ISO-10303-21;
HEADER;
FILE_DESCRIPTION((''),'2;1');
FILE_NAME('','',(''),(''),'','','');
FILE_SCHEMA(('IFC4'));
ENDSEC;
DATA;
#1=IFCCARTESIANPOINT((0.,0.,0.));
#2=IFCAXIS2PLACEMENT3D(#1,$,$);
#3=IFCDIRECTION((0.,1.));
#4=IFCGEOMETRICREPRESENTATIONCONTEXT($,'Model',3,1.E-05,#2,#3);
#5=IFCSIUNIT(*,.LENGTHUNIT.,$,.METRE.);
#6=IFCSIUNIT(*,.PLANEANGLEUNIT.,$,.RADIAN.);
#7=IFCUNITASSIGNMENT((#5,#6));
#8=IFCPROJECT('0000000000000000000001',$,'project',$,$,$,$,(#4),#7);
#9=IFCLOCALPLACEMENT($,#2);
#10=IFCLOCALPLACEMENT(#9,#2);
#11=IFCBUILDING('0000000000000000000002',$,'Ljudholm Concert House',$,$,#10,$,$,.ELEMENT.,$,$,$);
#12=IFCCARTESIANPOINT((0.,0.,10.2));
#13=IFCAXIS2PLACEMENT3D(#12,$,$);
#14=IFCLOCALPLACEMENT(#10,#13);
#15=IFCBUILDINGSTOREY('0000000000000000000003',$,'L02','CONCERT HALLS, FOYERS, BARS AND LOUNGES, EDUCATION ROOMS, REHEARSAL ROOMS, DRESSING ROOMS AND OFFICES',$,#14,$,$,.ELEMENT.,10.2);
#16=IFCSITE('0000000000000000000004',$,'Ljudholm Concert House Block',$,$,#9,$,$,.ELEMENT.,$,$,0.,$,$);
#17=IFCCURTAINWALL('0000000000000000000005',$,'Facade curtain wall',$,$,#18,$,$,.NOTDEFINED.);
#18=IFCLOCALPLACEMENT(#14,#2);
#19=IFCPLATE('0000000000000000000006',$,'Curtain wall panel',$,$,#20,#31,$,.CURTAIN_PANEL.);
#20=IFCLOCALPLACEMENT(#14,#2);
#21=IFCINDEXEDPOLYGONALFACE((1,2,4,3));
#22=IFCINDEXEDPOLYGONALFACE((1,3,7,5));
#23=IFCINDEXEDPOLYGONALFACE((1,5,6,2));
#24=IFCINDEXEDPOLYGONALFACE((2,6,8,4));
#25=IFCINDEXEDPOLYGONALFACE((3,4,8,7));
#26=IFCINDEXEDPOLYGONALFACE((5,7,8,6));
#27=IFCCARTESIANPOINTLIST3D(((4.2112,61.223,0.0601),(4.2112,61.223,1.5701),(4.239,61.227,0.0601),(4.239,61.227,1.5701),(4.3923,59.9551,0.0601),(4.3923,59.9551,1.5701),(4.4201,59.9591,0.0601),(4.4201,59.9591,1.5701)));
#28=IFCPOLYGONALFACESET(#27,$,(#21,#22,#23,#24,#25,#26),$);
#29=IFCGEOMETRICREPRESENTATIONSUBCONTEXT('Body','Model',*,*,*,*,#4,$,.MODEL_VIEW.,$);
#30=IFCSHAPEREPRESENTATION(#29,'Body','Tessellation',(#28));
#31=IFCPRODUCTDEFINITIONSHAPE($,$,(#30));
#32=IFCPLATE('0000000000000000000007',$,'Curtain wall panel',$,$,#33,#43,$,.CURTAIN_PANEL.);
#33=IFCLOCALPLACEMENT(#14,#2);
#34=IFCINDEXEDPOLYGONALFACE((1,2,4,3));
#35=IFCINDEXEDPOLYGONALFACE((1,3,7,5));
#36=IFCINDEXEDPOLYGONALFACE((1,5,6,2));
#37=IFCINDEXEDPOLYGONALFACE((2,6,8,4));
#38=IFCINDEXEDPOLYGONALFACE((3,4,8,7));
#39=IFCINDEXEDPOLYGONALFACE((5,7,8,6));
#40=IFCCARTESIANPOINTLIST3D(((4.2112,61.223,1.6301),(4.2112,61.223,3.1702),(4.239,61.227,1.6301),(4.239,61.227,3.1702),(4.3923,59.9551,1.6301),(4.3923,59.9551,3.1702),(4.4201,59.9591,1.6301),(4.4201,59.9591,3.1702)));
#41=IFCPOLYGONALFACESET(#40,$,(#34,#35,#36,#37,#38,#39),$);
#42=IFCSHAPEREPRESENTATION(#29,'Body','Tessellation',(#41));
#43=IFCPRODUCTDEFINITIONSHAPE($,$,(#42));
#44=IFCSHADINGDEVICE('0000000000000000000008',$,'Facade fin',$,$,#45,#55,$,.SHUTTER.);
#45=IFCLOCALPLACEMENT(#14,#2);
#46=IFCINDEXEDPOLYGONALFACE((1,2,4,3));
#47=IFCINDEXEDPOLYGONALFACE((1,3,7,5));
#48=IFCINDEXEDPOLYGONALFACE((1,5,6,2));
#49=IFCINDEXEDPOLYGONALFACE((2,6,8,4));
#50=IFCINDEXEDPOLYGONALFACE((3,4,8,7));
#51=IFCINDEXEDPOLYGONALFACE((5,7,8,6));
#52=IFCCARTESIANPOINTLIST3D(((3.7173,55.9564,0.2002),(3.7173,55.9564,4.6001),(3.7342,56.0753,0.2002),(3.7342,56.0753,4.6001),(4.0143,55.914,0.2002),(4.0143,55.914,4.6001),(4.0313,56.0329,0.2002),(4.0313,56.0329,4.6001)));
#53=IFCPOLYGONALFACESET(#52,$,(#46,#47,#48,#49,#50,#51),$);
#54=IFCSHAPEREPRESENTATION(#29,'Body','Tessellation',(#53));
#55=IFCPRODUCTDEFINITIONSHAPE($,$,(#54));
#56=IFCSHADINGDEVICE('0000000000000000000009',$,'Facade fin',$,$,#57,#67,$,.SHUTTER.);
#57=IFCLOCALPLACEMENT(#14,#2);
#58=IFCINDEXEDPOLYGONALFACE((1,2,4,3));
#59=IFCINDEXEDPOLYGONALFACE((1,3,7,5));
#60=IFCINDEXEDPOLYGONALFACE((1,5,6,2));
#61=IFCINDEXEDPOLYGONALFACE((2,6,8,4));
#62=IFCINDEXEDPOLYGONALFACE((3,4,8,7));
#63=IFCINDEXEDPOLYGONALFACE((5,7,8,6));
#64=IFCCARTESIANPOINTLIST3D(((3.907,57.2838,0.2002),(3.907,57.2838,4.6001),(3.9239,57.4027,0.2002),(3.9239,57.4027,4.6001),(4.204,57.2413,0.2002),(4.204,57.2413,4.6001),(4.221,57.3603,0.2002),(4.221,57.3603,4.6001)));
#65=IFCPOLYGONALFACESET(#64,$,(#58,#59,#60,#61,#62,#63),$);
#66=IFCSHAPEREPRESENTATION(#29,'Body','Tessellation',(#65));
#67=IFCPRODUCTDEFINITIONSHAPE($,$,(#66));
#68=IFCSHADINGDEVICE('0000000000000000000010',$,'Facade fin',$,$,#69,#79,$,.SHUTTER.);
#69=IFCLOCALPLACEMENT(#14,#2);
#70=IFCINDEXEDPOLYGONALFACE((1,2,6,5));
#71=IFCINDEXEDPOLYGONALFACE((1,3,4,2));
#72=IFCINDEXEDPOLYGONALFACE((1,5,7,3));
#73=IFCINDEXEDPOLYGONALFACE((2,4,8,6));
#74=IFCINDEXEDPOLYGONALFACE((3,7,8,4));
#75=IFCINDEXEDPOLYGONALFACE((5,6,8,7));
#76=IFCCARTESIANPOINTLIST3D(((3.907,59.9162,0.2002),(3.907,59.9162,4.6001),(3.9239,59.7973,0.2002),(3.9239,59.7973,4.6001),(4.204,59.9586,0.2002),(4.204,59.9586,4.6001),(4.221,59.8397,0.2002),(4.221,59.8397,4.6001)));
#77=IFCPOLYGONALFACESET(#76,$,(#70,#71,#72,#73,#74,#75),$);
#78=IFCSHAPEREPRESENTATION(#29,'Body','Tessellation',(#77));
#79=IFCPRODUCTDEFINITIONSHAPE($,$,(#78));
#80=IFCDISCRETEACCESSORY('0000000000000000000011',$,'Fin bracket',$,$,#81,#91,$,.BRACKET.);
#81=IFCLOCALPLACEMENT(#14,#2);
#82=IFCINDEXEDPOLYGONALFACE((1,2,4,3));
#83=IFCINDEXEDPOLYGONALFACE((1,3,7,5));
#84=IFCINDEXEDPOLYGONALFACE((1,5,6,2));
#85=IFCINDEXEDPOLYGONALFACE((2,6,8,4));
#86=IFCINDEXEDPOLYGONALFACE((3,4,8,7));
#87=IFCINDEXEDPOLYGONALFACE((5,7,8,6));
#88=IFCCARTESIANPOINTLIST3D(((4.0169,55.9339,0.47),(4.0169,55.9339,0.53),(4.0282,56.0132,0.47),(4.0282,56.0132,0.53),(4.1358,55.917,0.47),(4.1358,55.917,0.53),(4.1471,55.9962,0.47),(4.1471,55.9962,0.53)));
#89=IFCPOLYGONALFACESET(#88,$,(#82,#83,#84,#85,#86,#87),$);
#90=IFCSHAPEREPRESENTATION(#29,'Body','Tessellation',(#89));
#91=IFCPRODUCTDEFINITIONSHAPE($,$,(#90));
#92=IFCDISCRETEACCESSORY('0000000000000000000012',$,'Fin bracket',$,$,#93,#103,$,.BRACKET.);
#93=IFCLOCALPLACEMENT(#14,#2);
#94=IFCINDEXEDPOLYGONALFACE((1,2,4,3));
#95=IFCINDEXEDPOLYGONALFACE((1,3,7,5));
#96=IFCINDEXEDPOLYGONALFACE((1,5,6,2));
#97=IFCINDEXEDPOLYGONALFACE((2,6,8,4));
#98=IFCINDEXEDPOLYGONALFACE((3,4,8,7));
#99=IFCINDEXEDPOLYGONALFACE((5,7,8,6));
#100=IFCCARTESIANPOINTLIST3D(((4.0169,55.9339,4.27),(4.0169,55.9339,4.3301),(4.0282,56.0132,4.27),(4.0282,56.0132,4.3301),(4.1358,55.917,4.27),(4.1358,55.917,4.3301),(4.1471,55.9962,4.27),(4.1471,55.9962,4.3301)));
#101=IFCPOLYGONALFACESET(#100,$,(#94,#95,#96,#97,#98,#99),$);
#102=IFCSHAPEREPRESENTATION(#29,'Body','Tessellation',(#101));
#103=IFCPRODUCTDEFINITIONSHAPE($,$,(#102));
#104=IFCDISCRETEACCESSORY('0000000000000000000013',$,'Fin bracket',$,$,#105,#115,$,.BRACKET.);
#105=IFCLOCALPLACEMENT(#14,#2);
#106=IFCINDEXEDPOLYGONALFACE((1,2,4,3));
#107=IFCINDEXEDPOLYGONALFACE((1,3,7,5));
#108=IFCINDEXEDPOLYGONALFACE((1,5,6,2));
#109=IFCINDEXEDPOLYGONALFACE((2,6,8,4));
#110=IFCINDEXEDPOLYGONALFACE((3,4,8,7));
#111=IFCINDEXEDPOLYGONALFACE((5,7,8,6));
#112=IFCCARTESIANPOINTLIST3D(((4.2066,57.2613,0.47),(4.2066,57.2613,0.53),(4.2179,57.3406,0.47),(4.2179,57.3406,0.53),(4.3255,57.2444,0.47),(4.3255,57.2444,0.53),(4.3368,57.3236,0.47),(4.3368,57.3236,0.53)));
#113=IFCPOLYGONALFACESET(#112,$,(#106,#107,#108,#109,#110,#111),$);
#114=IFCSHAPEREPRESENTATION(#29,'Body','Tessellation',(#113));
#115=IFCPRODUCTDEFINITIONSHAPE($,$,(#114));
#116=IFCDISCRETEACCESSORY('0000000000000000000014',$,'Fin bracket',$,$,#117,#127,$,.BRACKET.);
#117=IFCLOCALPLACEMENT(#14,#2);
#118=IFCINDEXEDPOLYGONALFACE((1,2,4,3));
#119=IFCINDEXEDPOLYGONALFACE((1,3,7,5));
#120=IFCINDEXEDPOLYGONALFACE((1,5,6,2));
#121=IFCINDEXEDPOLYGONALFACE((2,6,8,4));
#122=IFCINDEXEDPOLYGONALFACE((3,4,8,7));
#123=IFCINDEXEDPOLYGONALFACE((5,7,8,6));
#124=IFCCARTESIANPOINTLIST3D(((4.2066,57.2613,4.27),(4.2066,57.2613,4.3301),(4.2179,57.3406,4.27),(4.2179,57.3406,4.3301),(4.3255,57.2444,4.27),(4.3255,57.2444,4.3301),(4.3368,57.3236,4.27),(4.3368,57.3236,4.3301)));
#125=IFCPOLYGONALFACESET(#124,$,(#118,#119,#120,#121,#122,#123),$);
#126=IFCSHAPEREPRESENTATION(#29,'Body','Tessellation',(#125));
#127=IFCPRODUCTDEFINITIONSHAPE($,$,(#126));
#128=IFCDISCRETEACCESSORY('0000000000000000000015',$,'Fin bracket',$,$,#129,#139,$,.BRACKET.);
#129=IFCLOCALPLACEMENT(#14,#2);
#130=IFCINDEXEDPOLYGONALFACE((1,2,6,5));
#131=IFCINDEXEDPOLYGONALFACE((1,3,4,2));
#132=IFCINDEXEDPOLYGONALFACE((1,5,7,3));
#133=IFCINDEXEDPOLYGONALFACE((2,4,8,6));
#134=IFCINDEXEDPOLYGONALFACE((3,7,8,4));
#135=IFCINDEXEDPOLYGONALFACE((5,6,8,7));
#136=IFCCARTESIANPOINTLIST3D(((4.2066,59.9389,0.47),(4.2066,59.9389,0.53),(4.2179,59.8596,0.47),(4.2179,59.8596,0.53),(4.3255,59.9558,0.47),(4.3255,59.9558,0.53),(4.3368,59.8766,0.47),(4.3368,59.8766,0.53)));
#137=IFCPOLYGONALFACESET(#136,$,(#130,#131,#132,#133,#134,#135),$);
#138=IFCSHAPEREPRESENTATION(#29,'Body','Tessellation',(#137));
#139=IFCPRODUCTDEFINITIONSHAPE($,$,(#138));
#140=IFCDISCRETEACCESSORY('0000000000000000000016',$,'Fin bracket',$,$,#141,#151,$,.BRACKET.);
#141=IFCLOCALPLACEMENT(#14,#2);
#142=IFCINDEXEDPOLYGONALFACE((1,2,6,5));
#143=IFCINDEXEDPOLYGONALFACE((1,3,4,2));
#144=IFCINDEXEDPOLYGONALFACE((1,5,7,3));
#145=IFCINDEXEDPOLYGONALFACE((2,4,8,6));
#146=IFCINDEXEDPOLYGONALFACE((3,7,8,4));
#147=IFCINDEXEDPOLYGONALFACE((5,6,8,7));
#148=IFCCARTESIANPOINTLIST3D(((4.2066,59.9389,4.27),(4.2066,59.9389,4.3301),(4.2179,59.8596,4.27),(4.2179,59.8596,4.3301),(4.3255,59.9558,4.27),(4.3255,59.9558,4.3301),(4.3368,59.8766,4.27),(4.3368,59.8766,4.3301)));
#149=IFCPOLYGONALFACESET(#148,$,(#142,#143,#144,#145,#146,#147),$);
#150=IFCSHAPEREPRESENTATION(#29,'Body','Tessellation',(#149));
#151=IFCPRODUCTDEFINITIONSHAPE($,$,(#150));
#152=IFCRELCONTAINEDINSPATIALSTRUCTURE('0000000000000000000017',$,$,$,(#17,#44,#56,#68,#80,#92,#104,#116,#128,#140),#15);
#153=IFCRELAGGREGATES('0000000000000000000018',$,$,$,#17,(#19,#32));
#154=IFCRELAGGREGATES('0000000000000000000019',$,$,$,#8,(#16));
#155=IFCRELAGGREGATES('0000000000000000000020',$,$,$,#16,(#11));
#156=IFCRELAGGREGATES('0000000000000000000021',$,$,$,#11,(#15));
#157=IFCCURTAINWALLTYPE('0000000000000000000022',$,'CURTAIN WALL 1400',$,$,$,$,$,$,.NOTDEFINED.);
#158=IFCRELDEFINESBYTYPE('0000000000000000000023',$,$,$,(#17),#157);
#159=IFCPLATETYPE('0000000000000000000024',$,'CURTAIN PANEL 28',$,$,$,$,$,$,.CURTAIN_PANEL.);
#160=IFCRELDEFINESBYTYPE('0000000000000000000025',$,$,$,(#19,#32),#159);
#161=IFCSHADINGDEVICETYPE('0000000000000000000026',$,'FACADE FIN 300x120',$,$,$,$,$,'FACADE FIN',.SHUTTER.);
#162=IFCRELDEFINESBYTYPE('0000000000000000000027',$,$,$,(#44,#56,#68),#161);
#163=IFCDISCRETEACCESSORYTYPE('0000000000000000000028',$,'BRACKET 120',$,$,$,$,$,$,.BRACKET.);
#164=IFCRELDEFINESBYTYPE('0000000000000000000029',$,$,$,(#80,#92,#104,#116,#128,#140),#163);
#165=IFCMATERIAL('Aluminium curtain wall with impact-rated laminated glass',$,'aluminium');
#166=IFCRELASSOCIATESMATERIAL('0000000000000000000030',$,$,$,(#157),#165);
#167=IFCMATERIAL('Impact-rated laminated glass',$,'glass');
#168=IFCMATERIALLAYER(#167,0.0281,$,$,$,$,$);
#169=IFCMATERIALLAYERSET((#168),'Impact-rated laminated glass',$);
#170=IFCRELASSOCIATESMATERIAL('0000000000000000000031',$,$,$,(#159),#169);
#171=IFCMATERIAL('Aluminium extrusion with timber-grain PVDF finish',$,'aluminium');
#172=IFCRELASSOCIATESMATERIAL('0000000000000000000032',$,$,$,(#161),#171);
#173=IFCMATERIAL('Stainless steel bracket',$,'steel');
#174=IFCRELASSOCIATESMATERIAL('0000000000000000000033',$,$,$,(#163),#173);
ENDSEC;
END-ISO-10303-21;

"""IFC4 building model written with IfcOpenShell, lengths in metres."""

from ifc_helpers import new_model, si_unit, direction, frame, origin, origin_2d, place, context, subcontext, project, spatial, rectangle, extrude, material, layer, layer_set, type_object, element, aggregate, save


model = new_model("IFC4")

# Units and contexts
model_context = context("Model", 3, precision=1e-05, world=origin(), true_north=direction((0.0, 1.0)))
body_context = subcontext(model_context, "Body", "Model", "MODEL_VIEW")
ifc_project = project(units=[si_unit("LENGTHUNIT", "METRE"), si_unit("PLANEANGLEUNIT", "RADIAN")], contexts=[model_context])

# Site, building, storey
site_placement = place(None, origin())
site = spatial("IfcSite", under=ifc_project, at=site_placement, Name="Ljudholm Concert House Block", CompositionType="ELEMENT", RefElevation=0.0)
building_placement = place(site_placement, origin())
building = spatial("IfcBuilding", under=site, at=building_placement, Name="Ljudholm Concert House", CompositionType="ELEMENT")
storey_placement = place(building_placement, frame((0.0, 0.0, 10.2)))
storey = spatial("IfcBuildingStorey", under=building, at=storey_placement, Name="L02", Description="CONCERT HALLS, FOYERS, BARS AND LOUNGES, EDUCATION ROOMS, REHEARSAL ROOMS, DRESSING ROOMS AND OFFICES", CompositionType="ELEMENT", Elevation=10.2)

# Curtain wall
ifc_material_1 = material(Name="Aluminium curtain wall with impact-rated laminated glass", Category="aluminium")
curtain_wall_type = type_object("IfcCurtainWallType", Name="CURTAIN WALL 1400", PredefinedType="NOTDEFINED", material=ifc_material_1)
curtain_wall_1_placement = place(storey_placement, origin())
curtain_wall_1 = element("IfcCurtainWall", 1, at=curtain_wall_1_placement, inside=storey, type_object=curtain_wall_type, Name="Facade curtain wall", PredefinedType="NOTDEFINED")

# Plates
ifc_material_2 = material(Name="Impact-rated laminated glass", Category="glass")
ifc_layer = layer(ifc_material_2, 0.0281)
ifc_layer_set = layer_set([ifc_layer], Name="Impact-rated laminated glass")
plate_type = type_object("IfcPlateType", Name="CURTAIN PANEL 28", PredefinedType="CURTAIN_PANEL", material=ifc_layer_set)
plate_1_placement = place(storey_placement, frame((4.3157, 60.5911, 0.0601), z_axis=(0.0, 0.0, 1.0), x_axis=(-0.141421, 0.989949, 0.0)))
plate_1 = element("IfcPlate", 2, at=plate_1_placement, type_object=plate_type, Name="Curtain wall panel", PredefinedType="CURTAIN_PANEL", context=body_context, shape_type="SweptSolid", body=[
    extrude(rectangle(XDim=1.2808, YDim=0.0281, at=origin_2d()), origin(), (0.0, 0.0, 1.0), 1.51),
])
plate_2_placement = place(storey_placement, frame((4.3157, 60.5911, 1.6301), z_axis=(0.0, 0.0, 1.0), x_axis=(-0.141421, 0.989949, 0.0)))
plate_2 = element("IfcPlate", 3, at=plate_2_placement, type_object=plate_type, Name="Curtain wall panel", PredefinedType="CURTAIN_PANEL", context=body_context, shape_type="SweptSolid", body=[
    extrude(rectangle(XDim=1.2808, YDim=0.0281, at=origin_2d()), origin(), (0.0, 0.0, 1.0), 1.54),
])
aggregate(curtain_wall_1, [plate_1, plate_2])

# Shading devices
ifc_material_3 = material(Name="Aluminium extrusion with timber-grain PVDF finish", Category="aluminium")
shading_device_type = type_object("IfcShadingDeviceType", Name="FACADE FIN 300x120", ElementType="FACADE FIN", PredefinedType="SHUTTER", material=ifc_material_3)
for number, where, z_axis, x_axis, name in (
    (4, (3.8743, 55.9946, 0.2002), (0.0, 0.0, 1.0), (-0.989949, 0.141421, 0.0), "Facade fin"),
    (5, (4.064, 57.322, 0.2002), (0.0, 0.0, 1.0), (-0.989949, 0.141421, 0.0), "Facade fin"),
    (6, (4.064, 59.8779, 0.2002), (0.0, 0.0, 1.0), (-0.989949, -0.141421, 0.0), "Facade fin"),
):
    element("IfcShadingDevice", number, at=place(storey_placement, frame(where, z_axis=z_axis, x_axis=x_axis)), inside=storey, type_object=shading_device_type, Name=name, PredefinedType="SHUTTER", context=body_context, shape_type="SweptSolid", body=[
        extrude(rectangle(XDim=0.3, YDim=0.1201, at=origin_2d()), origin(), (0.0, 0.0, 1.0), 4.3999),
    ])

# Discrete accessories
ifc_material_4 = material(Name="Stainless steel bracket", Category="steel")
discrete_accessory_type = type_object("IfcDiscreteAccessoryType", Name="BRACKET 120", PredefinedType="BRACKET", material=ifc_material_4)
for number, where, z_axis, x_axis, name in (
    (7, (4.082, 55.9651, 0.47), (0.0, 0.0, 1.0), (-0.989949, 0.141421, 0.0), "Fin bracket"),
    (8, (4.082, 55.9651, 4.27), (0.0, 0.0, 1.0), (-0.989949, 0.141421, 0.0), "Fin bracket"),
    (9, (4.2717, 57.2925, 0.47), (0.0, 0.0, 1.0), (-0.989949, 0.141421, 0.0), "Fin bracket"),
    (10, (4.2717, 57.2925, 4.27), (0.0, 0.0, 1.0), (-0.989949, 0.141421, 0.0), "Fin bracket"),
    (11, (4.2717, 59.9077, 0.47), (0.0, 0.0, 1.0), (-0.989949, -0.141421, 0.0), "Fin bracket"),
    (12, (4.2717, 59.9077, 4.27), (0.0, 0.0, 1.0), (-0.989949, -0.141421, 0.0), "Fin bracket"),
):
    element("IfcDiscreteAccessory", number, at=place(storey_placement, frame(where, z_axis=z_axis, x_axis=x_axis)), inside=storey, type_object=discrete_accessory_type, Name=name, PredefinedType="BRACKET", context=body_context, shape_type="SweptSolid", body=[
        extrude(rectangle(XDim=0.1201, YDim=0.0801, at=origin_2d()), origin(), (0.0, 0.0, 1.0), 0.0601),
    ])

save(model, "model.ifc")
